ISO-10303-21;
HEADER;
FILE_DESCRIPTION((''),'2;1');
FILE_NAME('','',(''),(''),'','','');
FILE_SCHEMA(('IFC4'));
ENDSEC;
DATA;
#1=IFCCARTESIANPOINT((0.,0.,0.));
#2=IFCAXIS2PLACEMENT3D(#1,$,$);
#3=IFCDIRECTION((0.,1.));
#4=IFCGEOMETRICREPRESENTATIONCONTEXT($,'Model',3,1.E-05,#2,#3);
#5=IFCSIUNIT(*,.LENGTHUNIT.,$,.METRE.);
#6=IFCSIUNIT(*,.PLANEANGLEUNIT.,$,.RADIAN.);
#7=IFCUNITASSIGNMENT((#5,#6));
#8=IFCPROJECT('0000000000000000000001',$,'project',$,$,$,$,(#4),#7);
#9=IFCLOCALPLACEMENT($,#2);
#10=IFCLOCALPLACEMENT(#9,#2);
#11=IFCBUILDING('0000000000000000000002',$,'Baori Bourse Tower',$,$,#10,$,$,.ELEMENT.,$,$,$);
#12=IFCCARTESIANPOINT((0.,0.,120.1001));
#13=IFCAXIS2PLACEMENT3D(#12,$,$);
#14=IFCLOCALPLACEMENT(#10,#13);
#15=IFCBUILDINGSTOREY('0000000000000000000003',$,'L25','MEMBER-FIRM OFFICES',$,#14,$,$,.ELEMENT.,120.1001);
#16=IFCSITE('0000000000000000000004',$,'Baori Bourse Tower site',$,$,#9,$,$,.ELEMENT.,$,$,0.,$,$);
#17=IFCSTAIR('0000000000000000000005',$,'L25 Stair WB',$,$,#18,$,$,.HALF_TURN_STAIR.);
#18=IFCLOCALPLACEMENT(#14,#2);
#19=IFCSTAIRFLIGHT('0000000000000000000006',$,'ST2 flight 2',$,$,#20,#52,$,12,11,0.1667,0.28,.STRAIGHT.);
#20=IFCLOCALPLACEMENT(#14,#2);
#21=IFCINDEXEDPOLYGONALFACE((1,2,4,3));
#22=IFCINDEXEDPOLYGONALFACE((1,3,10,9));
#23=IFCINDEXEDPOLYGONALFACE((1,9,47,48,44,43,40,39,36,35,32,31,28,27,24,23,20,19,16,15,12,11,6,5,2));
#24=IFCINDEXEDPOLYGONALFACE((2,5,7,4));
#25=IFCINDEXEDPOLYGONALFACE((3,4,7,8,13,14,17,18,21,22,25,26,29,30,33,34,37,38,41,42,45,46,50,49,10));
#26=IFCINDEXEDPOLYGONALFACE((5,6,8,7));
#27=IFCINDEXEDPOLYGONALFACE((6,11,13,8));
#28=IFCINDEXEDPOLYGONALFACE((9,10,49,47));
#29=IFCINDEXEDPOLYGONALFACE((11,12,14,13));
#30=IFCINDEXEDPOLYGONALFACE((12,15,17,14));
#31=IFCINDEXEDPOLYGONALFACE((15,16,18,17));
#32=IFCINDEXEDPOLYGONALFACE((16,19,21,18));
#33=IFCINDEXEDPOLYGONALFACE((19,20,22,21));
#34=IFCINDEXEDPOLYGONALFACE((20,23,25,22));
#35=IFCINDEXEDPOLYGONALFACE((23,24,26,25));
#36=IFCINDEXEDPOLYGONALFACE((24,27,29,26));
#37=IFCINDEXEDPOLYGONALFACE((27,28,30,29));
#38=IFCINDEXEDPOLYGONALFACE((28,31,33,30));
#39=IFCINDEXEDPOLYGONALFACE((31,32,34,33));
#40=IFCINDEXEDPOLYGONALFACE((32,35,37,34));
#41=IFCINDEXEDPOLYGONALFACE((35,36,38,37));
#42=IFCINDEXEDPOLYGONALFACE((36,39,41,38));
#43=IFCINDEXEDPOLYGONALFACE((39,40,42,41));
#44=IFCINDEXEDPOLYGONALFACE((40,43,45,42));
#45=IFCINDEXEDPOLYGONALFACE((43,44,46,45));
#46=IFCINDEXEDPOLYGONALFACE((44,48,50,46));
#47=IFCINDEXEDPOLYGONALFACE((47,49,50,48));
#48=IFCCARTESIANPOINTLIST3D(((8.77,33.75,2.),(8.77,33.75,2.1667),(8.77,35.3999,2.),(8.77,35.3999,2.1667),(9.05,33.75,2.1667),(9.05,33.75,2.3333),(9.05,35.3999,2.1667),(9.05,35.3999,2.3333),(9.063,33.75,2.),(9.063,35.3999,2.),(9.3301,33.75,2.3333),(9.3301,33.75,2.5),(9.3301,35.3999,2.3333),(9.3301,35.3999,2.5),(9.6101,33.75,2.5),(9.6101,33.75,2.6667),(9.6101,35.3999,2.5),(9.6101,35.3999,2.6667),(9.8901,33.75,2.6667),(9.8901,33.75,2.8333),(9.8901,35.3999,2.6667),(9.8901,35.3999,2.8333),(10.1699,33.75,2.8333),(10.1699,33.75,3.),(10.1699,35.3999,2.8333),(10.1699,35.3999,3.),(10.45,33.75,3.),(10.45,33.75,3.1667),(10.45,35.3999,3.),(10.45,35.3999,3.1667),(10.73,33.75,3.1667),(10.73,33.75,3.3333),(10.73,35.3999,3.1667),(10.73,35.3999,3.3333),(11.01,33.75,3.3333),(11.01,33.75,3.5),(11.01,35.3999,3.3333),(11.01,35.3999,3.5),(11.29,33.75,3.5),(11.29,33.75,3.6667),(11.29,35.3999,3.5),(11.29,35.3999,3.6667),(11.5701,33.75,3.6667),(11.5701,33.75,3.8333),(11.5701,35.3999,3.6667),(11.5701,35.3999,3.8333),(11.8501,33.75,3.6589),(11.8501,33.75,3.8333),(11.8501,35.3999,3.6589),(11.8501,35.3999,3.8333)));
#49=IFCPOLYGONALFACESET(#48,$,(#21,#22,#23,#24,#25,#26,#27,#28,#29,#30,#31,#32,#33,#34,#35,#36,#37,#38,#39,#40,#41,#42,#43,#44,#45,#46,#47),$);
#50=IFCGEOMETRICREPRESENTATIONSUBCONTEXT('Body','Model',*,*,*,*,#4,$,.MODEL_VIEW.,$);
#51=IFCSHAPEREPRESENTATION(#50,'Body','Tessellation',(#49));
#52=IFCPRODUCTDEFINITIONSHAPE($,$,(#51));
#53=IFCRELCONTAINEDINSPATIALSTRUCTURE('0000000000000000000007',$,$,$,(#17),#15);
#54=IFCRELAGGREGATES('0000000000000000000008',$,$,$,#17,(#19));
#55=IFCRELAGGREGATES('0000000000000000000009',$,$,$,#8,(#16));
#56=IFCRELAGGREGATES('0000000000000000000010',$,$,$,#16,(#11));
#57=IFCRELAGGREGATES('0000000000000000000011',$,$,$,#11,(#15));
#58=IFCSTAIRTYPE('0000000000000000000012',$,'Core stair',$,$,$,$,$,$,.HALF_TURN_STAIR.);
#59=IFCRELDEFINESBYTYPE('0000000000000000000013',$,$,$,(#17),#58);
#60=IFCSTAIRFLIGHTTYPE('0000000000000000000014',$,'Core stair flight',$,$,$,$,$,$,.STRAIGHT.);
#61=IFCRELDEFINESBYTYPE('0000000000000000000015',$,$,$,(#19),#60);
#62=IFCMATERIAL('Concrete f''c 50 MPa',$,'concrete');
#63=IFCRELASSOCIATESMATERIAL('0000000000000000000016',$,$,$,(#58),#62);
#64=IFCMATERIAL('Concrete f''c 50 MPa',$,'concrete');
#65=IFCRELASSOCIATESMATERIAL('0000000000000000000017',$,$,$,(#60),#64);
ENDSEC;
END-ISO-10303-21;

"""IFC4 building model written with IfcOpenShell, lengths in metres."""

from ifc_helpers import new_model, si_unit, direction, frame, origin, place, context, subcontext, project, spatial, polyline, outline, extrude, material, type_object, element, aggregate, save


model = new_model("IFC4")

# Units and contexts
model_context = context("Model", 3, precision=1e-05, world=origin(), true_north=direction((0.0, 1.0)))
body_context = subcontext(model_context, "Body", "Model", "MODEL_VIEW")
ifc_project = project(units=[si_unit("LENGTHUNIT", "METRE"), si_unit("PLANEANGLEUNIT", "RADIAN")], contexts=[model_context])

# Site, building, storey
site_placement = place(None, origin())
site = spatial("IfcSite", under=ifc_project, at=site_placement, Name="Baori Bourse Tower site", CompositionType="ELEMENT", RefElevation=0.0)
building_placement = place(site_placement, origin())
building = spatial("IfcBuilding", under=site, at=building_placement, Name="Baori Bourse Tower", CompositionType="ELEMENT")
storey_placement = place(building_placement, frame((0.0, 0.0, 120.1001)))
storey = spatial("IfcBuildingStorey", under=building, at=storey_placement, Name="L25", Description="MEMBER-FIRM OFFICES", CompositionType="ELEMENT", Elevation=120.1001)

# Stair, stair flight
ifc_material_1 = material(Name="Concrete f'c 50 MPa", Category="concrete")
stair_type = type_object("IfcStairType", Name="Core stair", PredefinedType="HALF_TURN_STAIR", material=ifc_material_1)
stair_placement = place(storey_placement, origin())
stair = element("IfcStair", 1, at=stair_placement, inside=storey, type_object=stair_type, Name="L25 Stair WB", PredefinedType="HALF_TURN_STAIR")
ifc_material_2 = material(Name="Concrete f'c 50 MPa", Category="concrete")
stair_flight_type = type_object("IfcStairFlightType", Name="Core stair flight", PredefinedType="STRAIGHT", material=ifc_material_2)
stair_flight_1_placement = place(storey_placement, frame((8.77, 34.575, 2.0), z_axis=(0.0, 0.0, 1.0), x_axis=(1.0, 0.0, 0.0)))
stair_flight_1 = element("IfcStairFlight", 2, at=stair_flight_1_placement, type_object=stair_flight_type, Name="ST2 flight 2", NumberOfRisers=12, NumberOfTreads=11, PredefinedType="STRAIGHT", RiserHeight=0.1667, TreadLength=0.28, context=body_context, shape_type="SweptSolid", body=[
    extrude(outline(polyline([(0.0, 0.0), (0.0, 0.1667), (0.28, 0.1667), (0.28, 0.3333), (0.5601, 0.3333), (0.5601, 0.5), (0.8401, 0.5), (0.8401, 0.6667), (1.1201, 0.6667), (1.1201, 0.8333), (1.3999, 0.8333), (1.3999, 1.0), (1.6799, 1.0), (1.6799, 1.1667), (1.96, 1.1667), (1.96, 1.3333), (2.24, 1.3333), (2.24, 1.5), (2.52, 1.5), (2.52, 1.6667), (2.8, 1.6667), (2.8, 1.8333), (3.0801, 1.8333), (3.0801, 2.0), (3.0801, 1.6589), (0.293, 0.0), (0.0, 0.0)])), frame((0.0, 0.825, 0.0), z_axis=(0.0, -1.0, 0.0), x_axis=(1.0, 0.0, 0.0)), (0.0, 0.0, 1.0), 1.6499),
])
aggregate(stair, [stair_flight_1])

save(model, "model.ifc")
